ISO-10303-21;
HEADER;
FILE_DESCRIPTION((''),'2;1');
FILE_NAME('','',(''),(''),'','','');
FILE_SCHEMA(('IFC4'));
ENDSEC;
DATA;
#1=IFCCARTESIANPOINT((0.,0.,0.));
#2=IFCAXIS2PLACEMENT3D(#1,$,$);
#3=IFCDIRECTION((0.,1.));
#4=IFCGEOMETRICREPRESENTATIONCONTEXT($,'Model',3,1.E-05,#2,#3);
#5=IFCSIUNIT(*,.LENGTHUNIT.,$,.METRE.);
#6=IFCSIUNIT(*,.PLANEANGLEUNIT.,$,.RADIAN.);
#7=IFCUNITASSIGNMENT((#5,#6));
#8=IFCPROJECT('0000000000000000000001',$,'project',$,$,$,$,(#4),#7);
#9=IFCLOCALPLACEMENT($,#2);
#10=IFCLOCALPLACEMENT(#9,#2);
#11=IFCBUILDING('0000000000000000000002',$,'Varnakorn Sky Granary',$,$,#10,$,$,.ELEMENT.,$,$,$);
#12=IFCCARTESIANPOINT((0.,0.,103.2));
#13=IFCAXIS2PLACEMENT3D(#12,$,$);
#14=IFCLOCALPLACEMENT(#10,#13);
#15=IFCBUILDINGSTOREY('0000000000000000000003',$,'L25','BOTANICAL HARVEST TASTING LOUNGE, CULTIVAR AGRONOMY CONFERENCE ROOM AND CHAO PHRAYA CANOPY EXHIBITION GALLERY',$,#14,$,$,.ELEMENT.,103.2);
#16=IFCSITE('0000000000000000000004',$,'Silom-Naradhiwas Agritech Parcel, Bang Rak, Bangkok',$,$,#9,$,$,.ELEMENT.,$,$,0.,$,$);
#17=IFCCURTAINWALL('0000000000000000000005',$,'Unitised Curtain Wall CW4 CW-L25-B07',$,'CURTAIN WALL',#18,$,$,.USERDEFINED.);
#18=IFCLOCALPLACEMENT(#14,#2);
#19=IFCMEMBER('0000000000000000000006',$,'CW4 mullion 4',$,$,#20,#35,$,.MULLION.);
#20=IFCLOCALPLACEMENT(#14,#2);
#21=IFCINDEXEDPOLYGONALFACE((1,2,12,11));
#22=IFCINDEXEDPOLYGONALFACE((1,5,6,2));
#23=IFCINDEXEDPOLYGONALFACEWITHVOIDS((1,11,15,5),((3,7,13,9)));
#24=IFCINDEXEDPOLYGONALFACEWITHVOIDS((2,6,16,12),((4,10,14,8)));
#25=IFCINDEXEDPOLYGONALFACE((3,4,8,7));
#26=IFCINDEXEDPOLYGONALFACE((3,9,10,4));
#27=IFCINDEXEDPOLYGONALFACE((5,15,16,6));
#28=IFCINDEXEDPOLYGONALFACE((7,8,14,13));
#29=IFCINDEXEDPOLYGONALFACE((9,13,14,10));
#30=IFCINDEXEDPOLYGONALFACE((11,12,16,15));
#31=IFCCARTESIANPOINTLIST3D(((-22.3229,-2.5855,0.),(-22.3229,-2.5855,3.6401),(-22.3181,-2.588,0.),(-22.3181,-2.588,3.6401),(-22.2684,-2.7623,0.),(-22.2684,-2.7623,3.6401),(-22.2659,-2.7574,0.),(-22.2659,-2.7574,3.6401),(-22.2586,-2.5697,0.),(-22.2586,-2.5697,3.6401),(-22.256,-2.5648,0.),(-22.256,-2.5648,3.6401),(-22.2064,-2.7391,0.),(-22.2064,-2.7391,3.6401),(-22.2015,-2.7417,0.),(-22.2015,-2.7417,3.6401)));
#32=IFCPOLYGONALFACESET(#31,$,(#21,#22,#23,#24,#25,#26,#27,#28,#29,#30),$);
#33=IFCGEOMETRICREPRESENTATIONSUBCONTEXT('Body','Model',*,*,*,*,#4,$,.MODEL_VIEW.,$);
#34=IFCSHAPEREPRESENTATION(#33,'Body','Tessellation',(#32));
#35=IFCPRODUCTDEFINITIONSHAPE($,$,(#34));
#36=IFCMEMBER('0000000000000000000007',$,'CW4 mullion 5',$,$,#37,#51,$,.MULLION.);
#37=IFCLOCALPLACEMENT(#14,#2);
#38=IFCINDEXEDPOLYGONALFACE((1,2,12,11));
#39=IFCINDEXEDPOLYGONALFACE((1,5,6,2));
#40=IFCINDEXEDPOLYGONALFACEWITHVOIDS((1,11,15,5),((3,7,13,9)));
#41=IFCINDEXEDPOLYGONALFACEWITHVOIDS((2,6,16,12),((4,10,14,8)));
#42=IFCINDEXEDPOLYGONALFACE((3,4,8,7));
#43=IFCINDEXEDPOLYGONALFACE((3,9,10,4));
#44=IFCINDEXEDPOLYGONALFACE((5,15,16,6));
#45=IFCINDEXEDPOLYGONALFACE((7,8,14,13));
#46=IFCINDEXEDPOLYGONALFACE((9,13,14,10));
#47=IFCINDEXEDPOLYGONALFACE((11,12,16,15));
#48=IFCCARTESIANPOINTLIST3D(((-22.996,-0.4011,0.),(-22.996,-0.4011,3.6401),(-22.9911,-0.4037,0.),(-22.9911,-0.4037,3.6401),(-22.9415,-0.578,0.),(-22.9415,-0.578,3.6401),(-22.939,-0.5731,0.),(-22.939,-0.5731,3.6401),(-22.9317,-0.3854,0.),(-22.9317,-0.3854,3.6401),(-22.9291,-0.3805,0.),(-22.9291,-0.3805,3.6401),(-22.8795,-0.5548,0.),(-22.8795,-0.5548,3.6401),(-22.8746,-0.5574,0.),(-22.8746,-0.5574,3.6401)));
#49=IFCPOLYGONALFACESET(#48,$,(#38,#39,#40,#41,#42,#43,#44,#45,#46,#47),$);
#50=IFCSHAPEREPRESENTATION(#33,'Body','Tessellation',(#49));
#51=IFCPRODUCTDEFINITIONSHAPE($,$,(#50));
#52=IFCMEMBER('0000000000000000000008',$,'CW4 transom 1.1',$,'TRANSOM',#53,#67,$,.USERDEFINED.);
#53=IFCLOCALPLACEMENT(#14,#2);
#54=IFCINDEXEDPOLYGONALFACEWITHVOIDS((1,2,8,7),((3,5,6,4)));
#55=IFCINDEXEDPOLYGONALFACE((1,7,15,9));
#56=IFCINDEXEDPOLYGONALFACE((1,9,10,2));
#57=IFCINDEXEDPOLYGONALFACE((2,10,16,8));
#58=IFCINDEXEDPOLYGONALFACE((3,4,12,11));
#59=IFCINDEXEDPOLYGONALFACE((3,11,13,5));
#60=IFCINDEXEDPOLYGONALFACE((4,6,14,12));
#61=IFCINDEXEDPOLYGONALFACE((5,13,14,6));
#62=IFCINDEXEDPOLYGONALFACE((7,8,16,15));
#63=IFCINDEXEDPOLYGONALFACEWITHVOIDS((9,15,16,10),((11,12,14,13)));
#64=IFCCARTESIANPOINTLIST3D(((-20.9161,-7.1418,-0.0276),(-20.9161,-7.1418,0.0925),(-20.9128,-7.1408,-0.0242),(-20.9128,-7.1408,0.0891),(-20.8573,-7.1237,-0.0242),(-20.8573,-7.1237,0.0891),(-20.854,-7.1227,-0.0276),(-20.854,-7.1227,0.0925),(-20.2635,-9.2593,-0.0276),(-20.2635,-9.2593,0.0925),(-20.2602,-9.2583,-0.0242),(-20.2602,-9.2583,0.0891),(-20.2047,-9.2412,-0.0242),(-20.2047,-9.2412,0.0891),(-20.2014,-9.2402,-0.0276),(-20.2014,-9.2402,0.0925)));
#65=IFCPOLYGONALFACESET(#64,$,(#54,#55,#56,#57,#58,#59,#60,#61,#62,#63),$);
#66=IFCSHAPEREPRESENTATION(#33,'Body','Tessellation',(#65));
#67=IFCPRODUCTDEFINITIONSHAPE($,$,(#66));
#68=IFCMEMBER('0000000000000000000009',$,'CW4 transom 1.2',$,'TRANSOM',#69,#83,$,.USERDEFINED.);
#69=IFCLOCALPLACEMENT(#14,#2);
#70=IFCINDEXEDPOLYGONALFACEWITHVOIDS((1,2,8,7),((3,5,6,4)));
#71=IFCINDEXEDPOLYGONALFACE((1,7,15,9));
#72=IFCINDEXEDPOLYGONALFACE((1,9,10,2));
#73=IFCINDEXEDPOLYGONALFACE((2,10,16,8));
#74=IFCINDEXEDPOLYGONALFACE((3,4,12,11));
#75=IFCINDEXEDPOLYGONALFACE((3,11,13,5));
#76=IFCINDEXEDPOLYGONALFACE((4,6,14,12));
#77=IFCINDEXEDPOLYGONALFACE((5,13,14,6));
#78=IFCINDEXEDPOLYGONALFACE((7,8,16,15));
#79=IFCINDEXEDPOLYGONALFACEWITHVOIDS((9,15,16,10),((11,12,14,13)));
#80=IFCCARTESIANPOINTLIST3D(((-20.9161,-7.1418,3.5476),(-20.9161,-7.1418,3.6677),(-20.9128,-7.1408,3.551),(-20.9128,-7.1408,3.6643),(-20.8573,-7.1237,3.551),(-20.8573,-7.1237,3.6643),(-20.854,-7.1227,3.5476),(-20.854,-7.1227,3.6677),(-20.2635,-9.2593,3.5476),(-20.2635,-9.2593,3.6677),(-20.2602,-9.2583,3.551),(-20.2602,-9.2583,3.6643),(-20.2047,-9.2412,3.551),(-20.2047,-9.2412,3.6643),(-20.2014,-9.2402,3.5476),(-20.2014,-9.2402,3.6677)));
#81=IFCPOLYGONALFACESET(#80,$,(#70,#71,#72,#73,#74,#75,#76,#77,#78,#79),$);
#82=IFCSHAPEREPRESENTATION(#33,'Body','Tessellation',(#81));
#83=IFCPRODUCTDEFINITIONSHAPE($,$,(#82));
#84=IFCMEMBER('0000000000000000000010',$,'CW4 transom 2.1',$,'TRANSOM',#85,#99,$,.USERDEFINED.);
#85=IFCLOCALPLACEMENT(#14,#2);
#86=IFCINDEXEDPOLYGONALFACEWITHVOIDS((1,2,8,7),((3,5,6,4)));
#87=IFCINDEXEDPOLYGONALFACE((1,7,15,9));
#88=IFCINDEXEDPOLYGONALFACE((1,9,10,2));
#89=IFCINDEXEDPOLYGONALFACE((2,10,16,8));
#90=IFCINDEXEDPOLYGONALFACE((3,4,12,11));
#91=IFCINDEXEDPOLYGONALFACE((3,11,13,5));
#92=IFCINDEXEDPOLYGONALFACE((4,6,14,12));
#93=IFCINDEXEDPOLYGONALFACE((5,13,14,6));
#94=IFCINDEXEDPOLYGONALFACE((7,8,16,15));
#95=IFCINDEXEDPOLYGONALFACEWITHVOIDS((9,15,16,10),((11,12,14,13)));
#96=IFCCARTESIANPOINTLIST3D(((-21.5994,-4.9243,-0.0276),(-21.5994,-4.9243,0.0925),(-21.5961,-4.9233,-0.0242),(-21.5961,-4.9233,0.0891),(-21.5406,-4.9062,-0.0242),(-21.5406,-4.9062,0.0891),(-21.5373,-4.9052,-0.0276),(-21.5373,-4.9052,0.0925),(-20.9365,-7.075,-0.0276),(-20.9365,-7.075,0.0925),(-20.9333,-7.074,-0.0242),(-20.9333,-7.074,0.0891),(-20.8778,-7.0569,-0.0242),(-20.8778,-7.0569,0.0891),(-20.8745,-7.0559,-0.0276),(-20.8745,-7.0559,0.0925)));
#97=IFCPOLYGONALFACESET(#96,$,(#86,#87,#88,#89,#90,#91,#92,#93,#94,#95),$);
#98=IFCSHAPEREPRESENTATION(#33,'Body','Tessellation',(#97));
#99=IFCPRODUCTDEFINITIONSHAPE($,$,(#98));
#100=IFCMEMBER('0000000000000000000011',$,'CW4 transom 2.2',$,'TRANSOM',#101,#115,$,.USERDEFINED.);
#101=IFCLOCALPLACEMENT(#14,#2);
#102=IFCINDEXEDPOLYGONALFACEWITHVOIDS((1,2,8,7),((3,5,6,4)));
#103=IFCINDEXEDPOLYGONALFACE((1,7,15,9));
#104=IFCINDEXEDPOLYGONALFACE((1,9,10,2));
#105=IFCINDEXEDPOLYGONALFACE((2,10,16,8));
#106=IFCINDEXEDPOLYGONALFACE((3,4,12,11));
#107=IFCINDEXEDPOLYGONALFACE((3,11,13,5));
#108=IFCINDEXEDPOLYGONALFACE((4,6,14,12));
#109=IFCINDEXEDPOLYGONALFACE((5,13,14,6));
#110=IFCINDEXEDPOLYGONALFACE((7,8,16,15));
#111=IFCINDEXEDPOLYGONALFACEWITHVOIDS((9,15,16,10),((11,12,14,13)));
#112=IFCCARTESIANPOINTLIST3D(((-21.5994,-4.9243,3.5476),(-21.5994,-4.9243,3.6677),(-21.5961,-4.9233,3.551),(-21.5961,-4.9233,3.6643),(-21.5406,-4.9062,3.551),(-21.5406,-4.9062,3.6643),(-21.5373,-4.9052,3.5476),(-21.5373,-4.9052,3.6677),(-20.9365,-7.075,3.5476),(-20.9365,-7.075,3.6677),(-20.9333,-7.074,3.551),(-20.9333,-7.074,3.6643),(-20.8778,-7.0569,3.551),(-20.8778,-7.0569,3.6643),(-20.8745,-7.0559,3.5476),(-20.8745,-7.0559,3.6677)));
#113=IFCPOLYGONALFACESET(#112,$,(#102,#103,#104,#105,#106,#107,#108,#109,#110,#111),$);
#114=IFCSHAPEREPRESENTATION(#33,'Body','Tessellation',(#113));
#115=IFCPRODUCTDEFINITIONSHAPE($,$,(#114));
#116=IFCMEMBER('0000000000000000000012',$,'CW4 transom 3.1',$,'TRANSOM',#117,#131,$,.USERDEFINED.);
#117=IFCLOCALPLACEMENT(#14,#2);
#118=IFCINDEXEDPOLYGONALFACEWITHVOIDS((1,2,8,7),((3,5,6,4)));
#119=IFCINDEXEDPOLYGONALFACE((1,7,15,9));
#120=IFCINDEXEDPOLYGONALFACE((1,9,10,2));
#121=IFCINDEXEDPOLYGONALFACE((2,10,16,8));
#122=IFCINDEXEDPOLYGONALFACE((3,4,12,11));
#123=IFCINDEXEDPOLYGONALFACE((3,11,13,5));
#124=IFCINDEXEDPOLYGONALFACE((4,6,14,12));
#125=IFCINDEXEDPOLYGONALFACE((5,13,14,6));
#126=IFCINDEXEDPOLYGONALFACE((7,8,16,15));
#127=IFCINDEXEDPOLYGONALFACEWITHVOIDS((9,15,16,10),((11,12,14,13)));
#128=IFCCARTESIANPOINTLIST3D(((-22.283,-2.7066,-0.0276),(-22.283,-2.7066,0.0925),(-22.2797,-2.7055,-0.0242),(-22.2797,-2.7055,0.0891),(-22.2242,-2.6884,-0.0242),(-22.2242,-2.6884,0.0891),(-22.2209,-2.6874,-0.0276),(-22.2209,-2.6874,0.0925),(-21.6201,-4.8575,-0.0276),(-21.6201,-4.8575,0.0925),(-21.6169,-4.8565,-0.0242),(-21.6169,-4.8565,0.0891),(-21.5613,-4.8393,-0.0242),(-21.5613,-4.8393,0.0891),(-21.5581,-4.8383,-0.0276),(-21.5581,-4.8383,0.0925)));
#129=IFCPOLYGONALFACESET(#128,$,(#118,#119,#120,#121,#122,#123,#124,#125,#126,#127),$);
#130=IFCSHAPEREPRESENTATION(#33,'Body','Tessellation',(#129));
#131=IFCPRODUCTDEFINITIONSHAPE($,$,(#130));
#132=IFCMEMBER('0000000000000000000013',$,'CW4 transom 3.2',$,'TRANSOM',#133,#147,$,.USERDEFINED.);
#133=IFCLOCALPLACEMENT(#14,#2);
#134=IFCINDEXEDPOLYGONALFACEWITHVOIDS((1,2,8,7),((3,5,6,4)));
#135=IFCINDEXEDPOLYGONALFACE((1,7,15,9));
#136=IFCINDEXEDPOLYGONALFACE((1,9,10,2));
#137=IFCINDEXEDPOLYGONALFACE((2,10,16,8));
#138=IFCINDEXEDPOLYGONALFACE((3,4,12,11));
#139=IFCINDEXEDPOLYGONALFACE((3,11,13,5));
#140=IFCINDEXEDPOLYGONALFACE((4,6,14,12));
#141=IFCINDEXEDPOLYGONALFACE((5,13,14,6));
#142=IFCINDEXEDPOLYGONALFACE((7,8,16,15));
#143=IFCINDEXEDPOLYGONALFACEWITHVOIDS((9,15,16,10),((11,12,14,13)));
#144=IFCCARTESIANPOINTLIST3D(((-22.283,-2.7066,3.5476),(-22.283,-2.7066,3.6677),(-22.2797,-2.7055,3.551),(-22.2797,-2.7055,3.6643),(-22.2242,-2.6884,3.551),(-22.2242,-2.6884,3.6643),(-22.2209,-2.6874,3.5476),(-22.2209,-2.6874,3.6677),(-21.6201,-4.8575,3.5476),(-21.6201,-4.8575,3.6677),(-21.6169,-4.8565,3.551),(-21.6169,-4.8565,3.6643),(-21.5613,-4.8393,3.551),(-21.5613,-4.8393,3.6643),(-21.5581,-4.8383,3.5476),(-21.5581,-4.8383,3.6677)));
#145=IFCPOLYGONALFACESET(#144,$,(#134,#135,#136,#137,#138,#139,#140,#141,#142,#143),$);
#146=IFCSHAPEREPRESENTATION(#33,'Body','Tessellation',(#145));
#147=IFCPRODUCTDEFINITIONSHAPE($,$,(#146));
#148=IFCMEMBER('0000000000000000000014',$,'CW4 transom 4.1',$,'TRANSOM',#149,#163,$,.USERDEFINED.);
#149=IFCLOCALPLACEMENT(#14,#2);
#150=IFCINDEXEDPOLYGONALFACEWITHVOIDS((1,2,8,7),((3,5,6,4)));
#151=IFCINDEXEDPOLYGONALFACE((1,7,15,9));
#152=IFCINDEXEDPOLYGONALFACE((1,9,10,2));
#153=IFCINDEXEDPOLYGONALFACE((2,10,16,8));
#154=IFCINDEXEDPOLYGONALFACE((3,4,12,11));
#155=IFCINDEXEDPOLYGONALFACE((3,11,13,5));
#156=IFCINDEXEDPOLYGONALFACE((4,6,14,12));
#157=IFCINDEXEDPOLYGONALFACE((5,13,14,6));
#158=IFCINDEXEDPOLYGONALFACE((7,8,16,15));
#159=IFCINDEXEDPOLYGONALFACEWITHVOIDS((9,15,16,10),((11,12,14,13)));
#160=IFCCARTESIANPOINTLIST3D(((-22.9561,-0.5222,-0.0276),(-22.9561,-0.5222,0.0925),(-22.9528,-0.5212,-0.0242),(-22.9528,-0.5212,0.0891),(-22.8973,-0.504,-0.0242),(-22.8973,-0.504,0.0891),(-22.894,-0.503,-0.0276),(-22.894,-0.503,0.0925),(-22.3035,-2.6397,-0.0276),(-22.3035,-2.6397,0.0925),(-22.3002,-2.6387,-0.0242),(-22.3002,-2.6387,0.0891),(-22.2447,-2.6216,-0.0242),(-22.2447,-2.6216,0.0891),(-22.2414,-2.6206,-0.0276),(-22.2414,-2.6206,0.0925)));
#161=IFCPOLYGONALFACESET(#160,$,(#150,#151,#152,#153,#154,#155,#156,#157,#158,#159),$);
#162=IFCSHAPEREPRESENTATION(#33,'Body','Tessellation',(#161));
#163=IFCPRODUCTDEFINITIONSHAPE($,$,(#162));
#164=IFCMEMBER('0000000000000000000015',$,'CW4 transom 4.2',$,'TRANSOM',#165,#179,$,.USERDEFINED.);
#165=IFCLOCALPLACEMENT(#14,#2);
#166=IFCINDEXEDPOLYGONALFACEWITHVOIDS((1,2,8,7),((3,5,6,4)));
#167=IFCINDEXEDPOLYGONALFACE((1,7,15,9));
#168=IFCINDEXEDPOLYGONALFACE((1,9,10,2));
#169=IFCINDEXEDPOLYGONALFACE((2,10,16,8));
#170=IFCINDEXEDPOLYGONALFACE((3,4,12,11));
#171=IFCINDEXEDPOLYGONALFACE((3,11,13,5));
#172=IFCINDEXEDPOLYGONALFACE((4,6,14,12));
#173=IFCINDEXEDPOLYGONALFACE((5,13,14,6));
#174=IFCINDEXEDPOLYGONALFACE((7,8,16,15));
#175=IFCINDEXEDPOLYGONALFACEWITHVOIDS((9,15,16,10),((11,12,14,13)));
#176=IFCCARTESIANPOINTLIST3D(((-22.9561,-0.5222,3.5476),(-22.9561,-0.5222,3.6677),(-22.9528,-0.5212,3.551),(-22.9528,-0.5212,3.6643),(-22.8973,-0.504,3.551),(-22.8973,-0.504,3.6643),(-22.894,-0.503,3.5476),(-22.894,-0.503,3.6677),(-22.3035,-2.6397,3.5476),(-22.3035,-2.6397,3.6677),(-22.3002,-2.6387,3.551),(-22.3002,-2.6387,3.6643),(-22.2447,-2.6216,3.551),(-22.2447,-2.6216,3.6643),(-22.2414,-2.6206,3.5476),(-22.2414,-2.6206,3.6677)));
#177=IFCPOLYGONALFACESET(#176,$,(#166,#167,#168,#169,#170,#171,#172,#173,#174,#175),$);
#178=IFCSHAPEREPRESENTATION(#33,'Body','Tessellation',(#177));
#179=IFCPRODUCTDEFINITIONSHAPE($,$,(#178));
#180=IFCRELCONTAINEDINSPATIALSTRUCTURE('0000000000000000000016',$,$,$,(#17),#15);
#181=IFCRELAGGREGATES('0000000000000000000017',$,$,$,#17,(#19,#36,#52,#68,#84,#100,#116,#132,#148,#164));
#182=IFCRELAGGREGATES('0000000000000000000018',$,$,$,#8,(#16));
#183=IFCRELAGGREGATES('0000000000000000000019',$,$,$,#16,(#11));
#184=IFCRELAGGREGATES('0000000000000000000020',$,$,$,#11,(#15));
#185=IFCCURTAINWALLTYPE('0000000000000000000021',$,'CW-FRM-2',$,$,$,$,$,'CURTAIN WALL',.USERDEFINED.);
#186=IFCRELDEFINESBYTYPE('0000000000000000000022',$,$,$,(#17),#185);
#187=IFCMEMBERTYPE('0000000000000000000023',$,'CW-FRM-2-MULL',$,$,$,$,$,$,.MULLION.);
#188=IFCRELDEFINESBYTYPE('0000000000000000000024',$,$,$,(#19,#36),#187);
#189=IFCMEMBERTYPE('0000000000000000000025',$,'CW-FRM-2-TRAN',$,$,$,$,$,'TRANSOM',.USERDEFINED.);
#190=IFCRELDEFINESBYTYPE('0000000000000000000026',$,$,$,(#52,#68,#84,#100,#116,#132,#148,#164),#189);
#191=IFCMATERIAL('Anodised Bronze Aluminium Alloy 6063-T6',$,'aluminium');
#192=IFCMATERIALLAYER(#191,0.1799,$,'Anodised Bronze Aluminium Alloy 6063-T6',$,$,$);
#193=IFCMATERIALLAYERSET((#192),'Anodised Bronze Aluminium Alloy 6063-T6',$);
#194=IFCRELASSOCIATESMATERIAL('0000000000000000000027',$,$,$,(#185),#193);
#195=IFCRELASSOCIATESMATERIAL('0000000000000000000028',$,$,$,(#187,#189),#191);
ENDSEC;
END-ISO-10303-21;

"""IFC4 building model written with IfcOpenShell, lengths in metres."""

from ifc_helpers import new_model, si_unit, direction, frame, origin, origin_2d, place, context, subcontext, project, spatial, hollow_rectangle, extrude, material, layer, layer_set, material_profile, profile_set, type_object, element, aggregate, save


model = new_model("IFC4")

# Units and contexts
model_context = context("Model", 3, precision=1e-05, world=origin(), true_north=direction((0.0, 1.0)))
body_context = subcontext(model_context, "Body", "Model", "MODEL_VIEW")
ifc_project = project(units=[si_unit("LENGTHUNIT", "METRE"), si_unit("PLANEANGLEUNIT", "RADIAN")], contexts=[model_context])

# Site, building, storey
site_placement = place(None, origin())
site = spatial("IfcSite", under=ifc_project, at=site_placement, Name="Silom-Naradhiwas Agritech Parcel, Bang Rak, Bangkok", CompositionType="ELEMENT", RefElevation=0.0)
building_placement = place(site_placement, origin())
building = spatial("IfcBuilding", under=site, at=building_placement, Name="Varnakorn Sky Granary", CompositionType="ELEMENT")
storey_placement = place(building_placement, frame((0.0, 0.0, 103.2)))
storey = spatial("IfcBuildingStorey", under=building, at=storey_placement, Name="L25", Description="BOTANICAL HARVEST TASTING LOUNGE, CULTIVAR AGRONOMY CONFERENCE ROOM AND CHAO PHRAYA CANOPY EXHIBITION GALLERY", CompositionType="ELEMENT", Elevation=103.2)

# Curtain wall, members
ifc_material_1 = material(Name="Anodised Bronze Aluminium Alloy 6063-T6", Category="aluminium")
ifc_layer_1 = layer(ifc_material_1, 0.1799, Name="Anodised Bronze Aluminium Alloy 6063-T6")
ifc_layer_set_1 = layer_set([ifc_layer_1], Name="Anodised Bronze Aluminium Alloy 6063-T6")
curtain_wall_type = type_object("IfcCurtainWallType", Name="CW-FRM-2", ElementType="CURTAIN WALL", PredefinedType="USERDEFINED", material=ifc_layer_set_1)
curtain_wall_placement = place(storey_placement, origin())
curtain_wall = element("IfcCurtainWall", 1, at=curtain_wall_placement, inside=storey, type_object=curtain_wall_type, Name="Unitised Curtain Wall CW4 CW-L25-B07", ObjectType="CURTAIN WALL", PredefinedType="USERDEFINED")
ifc_material_profile_1 = material_profile(ifc_material_1, hollow_rectangle(XDim=0.0701, YDim=0.1851, WallThickness=0.0039, at=origin_2d()), Name="ALU MULL 70x185")
ifc_profile_set_1 = profile_set([ifc_material_profile_1], Name="Anodised Bronze Aluminium Alloy 6063-T6")
member_type_1 = type_object("IfcMemberType", Name="CW-FRM-2-MULL", PredefinedType="MULLION", material=ifc_profile_set_1)
member_1_placement = place(storey_placement, frame((-22.2622, -2.6636, 0.0), z_axis=(0.0, 0.0, 1.0), x_axis=(-0.955652, -0.294498, 0.0)))
member_1 = element("IfcMember", 2, at=member_1_placement, type_object=member_type_1, Name="CW4 mullion 4", PredefinedType="MULLION", context=body_context, shape_type="SweptSolid", body=[
    extrude(hollow_rectangle(XDim=0.0701, YDim=0.1851, WallThickness=0.0039, at=origin_2d()), origin(), (0.0, 0.0, 1.0), 3.6401),
])
member_2_placement = place(storey_placement, frame((-22.9353, -0.4792, 0.0), z_axis=(0.0, 0.0, 1.0), x_axis=(-0.955652, -0.294498, 0.0)))
member_2 = element("IfcMember", 3, at=member_2_placement, type_object=member_type_1, Name="CW4 mullion 5", PredefinedType="MULLION", context=body_context, shape_type="SweptSolid", body=[
    extrude(hollow_rectangle(XDim=0.0701, YDim=0.1851, WallThickness=0.0039, at=origin_2d()), origin(), (0.0, 0.0, 1.0), 3.6401),
])
ifc_material_profile_2 = material_profile(ifc_material_1, hollow_rectangle(XDim=0.0649, YDim=0.1201, WallThickness=0.0034, at=origin_2d()), Name="ALU TRAN 65x120")
ifc_profile_set_2 = profile_set([ifc_material_profile_2], Name="Anodised Bronze Aluminium Alloy 6063-T6")
member_type_2 = type_object("IfcMemberType", Name="CW-FRM-2-TRAN", ElementType="TRANSOM", PredefinedType="USERDEFINED", material=ifc_profile_set_2)
member_3_placement = place(storey_placement, frame((-20.2324, -9.2498, 0.0325), z_axis=(-0.294527, 0.955643, 0.0), x_axis=(-0.955643, -0.294527, 0.0)))
member_3 = element("IfcMember", 4, at=member_3_placement, type_object=member_type_2, Name="CW4 transom 1.1", ObjectType="TRANSOM", PredefinedType="USERDEFINED", context=body_context, shape_type="SweptSolid", body=[
    extrude(hollow_rectangle(XDim=0.0649, YDim=0.1201, WallThickness=0.0034, at=origin_2d()), origin(), (0.0, 0.0, 1.0), 2.2158),
])
member_4_placement = place(storey_placement, frame((-20.2324, -9.2498, 3.6077), z_axis=(-0.294527, 0.955643, 0.0), x_axis=(-0.955643, -0.294527, 0.0)))
member_4 = element("IfcMember", 5, at=member_4_placement, type_object=member_type_2, Name="CW4 transom 1.2", ObjectType="TRANSOM", PredefinedType="USERDEFINED", context=body_context, shape_type="SweptSolid", body=[
    extrude(hollow_rectangle(XDim=0.0649, YDim=0.1201, WallThickness=0.0034, at=origin_2d()), origin(), (0.0, 0.0, 1.0), 2.2158),
])
member_5_placement = place(storey_placement, frame((-20.9055, -7.0654, 0.0325), z_axis=(-0.294536, 0.955641, 0.0), x_axis=(-0.955641, -0.294536, 0.0)))
member_5 = element("IfcMember", 6, at=member_5_placement, type_object=member_type_2, Name="CW4 transom 2.1", ObjectType="TRANSOM", PredefinedType="USERDEFINED", context=body_context, shape_type="SweptSolid", body=[
    extrude(hollow_rectangle(XDim=0.0649, YDim=0.1201, WallThickness=0.0034, at=origin_2d()), origin(), (0.0, 0.0, 1.0), 2.2505),
])
member_6_placement = place(storey_placement, frame((-20.9055, -7.0654, 3.6077), z_axis=(-0.294536, 0.955641, 0.0), x_axis=(-0.955641, -0.294536, 0.0)))
member_6 = element("IfcMember", 7, at=member_6_placement, type_object=member_type_2, Name="CW4 transom 2.2", ObjectType="TRANSOM", PredefinedType="USERDEFINED", context=body_context, shape_type="SweptSolid", body=[
    extrude(hollow_rectangle(XDim=0.0649, YDim=0.1201, WallThickness=0.0034, at=origin_2d()), origin(), (0.0, 0.0, 1.0), 2.2505),
])
member_7_placement = place(storey_placement, frame((-21.5891, -4.8479, 0.0325), z_axis=(-0.294505, 0.95565, 0.0), x_axis=(-0.95565, -0.294505, 0.0)))
member_7 = element("IfcMember", 8, at=member_7_placement, type_object=member_type_2, Name="CW4 transom 3.1", ObjectType="TRANSOM", PredefinedType="USERDEFINED", context=body_context, shape_type="SweptSolid", body=[
    extrude(hollow_rectangle(XDim=0.0649, YDim=0.1201, WallThickness=0.0034, at=origin_2d()), origin(), (0.0, 0.0, 1.0), 2.2507),
])
member_8_placement = place(storey_placement, frame((-21.5891, -4.8479, 3.6077), z_axis=(-0.294505, 0.95565, 0.0), x_axis=(-0.95565, -0.294505, 0.0)))
member_8 = element("IfcMember", 9, at=member_8_placement, type_object=member_type_2, Name="CW4 transom 3.2", ObjectType="TRANSOM", PredefinedType="USERDEFINED", context=body_context, shape_type="SweptSolid", body=[
    extrude(hollow_rectangle(XDim=0.0649, YDim=0.1201, WallThickness=0.0034, at=origin_2d()), origin(), (0.0, 0.0, 1.0), 2.2507),
])
member_9_placement = place(storey_placement, frame((-22.2725, -2.6301, 0.0325), z_axis=(-0.294527, 0.955643, 0.0), x_axis=(-0.955643, -0.294527, 0.0)))
member_9 = element("IfcMember", 10, at=member_9_placement, type_object=member_type_2, Name="CW4 transom 4.1", ObjectType="TRANSOM", PredefinedType="USERDEFINED", context=body_context, shape_type="SweptSolid", body=[
    extrude(hollow_rectangle(XDim=0.0649, YDim=0.1201, WallThickness=0.0034, at=origin_2d()), origin(), (0.0, 0.0, 1.0), 2.2158),
])
member_10_placement = place(storey_placement, frame((-22.2725, -2.6301, 3.6077), z_axis=(-0.294527, 0.955643, 0.0), x_axis=(-0.955643, -0.294527, 0.0)))
member_10 = element("IfcMember", 11, at=member_10_placement, type_object=member_type_2, Name="CW4 transom 4.2", ObjectType="TRANSOM", PredefinedType="USERDEFINED", context=body_context, shape_type="SweptSolid", body=[
    extrude(hollow_rectangle(XDim=0.0649, YDim=0.1201, WallThickness=0.0034, at=origin_2d()), origin(), (0.0, 0.0, 1.0), 2.2158),
])

aggregate(curtain_wall, [member_1, member_2, member_3, member_4, member_5, member_6, member_7, member_8, member_9, member_10])

save(model, "model.ifc")
